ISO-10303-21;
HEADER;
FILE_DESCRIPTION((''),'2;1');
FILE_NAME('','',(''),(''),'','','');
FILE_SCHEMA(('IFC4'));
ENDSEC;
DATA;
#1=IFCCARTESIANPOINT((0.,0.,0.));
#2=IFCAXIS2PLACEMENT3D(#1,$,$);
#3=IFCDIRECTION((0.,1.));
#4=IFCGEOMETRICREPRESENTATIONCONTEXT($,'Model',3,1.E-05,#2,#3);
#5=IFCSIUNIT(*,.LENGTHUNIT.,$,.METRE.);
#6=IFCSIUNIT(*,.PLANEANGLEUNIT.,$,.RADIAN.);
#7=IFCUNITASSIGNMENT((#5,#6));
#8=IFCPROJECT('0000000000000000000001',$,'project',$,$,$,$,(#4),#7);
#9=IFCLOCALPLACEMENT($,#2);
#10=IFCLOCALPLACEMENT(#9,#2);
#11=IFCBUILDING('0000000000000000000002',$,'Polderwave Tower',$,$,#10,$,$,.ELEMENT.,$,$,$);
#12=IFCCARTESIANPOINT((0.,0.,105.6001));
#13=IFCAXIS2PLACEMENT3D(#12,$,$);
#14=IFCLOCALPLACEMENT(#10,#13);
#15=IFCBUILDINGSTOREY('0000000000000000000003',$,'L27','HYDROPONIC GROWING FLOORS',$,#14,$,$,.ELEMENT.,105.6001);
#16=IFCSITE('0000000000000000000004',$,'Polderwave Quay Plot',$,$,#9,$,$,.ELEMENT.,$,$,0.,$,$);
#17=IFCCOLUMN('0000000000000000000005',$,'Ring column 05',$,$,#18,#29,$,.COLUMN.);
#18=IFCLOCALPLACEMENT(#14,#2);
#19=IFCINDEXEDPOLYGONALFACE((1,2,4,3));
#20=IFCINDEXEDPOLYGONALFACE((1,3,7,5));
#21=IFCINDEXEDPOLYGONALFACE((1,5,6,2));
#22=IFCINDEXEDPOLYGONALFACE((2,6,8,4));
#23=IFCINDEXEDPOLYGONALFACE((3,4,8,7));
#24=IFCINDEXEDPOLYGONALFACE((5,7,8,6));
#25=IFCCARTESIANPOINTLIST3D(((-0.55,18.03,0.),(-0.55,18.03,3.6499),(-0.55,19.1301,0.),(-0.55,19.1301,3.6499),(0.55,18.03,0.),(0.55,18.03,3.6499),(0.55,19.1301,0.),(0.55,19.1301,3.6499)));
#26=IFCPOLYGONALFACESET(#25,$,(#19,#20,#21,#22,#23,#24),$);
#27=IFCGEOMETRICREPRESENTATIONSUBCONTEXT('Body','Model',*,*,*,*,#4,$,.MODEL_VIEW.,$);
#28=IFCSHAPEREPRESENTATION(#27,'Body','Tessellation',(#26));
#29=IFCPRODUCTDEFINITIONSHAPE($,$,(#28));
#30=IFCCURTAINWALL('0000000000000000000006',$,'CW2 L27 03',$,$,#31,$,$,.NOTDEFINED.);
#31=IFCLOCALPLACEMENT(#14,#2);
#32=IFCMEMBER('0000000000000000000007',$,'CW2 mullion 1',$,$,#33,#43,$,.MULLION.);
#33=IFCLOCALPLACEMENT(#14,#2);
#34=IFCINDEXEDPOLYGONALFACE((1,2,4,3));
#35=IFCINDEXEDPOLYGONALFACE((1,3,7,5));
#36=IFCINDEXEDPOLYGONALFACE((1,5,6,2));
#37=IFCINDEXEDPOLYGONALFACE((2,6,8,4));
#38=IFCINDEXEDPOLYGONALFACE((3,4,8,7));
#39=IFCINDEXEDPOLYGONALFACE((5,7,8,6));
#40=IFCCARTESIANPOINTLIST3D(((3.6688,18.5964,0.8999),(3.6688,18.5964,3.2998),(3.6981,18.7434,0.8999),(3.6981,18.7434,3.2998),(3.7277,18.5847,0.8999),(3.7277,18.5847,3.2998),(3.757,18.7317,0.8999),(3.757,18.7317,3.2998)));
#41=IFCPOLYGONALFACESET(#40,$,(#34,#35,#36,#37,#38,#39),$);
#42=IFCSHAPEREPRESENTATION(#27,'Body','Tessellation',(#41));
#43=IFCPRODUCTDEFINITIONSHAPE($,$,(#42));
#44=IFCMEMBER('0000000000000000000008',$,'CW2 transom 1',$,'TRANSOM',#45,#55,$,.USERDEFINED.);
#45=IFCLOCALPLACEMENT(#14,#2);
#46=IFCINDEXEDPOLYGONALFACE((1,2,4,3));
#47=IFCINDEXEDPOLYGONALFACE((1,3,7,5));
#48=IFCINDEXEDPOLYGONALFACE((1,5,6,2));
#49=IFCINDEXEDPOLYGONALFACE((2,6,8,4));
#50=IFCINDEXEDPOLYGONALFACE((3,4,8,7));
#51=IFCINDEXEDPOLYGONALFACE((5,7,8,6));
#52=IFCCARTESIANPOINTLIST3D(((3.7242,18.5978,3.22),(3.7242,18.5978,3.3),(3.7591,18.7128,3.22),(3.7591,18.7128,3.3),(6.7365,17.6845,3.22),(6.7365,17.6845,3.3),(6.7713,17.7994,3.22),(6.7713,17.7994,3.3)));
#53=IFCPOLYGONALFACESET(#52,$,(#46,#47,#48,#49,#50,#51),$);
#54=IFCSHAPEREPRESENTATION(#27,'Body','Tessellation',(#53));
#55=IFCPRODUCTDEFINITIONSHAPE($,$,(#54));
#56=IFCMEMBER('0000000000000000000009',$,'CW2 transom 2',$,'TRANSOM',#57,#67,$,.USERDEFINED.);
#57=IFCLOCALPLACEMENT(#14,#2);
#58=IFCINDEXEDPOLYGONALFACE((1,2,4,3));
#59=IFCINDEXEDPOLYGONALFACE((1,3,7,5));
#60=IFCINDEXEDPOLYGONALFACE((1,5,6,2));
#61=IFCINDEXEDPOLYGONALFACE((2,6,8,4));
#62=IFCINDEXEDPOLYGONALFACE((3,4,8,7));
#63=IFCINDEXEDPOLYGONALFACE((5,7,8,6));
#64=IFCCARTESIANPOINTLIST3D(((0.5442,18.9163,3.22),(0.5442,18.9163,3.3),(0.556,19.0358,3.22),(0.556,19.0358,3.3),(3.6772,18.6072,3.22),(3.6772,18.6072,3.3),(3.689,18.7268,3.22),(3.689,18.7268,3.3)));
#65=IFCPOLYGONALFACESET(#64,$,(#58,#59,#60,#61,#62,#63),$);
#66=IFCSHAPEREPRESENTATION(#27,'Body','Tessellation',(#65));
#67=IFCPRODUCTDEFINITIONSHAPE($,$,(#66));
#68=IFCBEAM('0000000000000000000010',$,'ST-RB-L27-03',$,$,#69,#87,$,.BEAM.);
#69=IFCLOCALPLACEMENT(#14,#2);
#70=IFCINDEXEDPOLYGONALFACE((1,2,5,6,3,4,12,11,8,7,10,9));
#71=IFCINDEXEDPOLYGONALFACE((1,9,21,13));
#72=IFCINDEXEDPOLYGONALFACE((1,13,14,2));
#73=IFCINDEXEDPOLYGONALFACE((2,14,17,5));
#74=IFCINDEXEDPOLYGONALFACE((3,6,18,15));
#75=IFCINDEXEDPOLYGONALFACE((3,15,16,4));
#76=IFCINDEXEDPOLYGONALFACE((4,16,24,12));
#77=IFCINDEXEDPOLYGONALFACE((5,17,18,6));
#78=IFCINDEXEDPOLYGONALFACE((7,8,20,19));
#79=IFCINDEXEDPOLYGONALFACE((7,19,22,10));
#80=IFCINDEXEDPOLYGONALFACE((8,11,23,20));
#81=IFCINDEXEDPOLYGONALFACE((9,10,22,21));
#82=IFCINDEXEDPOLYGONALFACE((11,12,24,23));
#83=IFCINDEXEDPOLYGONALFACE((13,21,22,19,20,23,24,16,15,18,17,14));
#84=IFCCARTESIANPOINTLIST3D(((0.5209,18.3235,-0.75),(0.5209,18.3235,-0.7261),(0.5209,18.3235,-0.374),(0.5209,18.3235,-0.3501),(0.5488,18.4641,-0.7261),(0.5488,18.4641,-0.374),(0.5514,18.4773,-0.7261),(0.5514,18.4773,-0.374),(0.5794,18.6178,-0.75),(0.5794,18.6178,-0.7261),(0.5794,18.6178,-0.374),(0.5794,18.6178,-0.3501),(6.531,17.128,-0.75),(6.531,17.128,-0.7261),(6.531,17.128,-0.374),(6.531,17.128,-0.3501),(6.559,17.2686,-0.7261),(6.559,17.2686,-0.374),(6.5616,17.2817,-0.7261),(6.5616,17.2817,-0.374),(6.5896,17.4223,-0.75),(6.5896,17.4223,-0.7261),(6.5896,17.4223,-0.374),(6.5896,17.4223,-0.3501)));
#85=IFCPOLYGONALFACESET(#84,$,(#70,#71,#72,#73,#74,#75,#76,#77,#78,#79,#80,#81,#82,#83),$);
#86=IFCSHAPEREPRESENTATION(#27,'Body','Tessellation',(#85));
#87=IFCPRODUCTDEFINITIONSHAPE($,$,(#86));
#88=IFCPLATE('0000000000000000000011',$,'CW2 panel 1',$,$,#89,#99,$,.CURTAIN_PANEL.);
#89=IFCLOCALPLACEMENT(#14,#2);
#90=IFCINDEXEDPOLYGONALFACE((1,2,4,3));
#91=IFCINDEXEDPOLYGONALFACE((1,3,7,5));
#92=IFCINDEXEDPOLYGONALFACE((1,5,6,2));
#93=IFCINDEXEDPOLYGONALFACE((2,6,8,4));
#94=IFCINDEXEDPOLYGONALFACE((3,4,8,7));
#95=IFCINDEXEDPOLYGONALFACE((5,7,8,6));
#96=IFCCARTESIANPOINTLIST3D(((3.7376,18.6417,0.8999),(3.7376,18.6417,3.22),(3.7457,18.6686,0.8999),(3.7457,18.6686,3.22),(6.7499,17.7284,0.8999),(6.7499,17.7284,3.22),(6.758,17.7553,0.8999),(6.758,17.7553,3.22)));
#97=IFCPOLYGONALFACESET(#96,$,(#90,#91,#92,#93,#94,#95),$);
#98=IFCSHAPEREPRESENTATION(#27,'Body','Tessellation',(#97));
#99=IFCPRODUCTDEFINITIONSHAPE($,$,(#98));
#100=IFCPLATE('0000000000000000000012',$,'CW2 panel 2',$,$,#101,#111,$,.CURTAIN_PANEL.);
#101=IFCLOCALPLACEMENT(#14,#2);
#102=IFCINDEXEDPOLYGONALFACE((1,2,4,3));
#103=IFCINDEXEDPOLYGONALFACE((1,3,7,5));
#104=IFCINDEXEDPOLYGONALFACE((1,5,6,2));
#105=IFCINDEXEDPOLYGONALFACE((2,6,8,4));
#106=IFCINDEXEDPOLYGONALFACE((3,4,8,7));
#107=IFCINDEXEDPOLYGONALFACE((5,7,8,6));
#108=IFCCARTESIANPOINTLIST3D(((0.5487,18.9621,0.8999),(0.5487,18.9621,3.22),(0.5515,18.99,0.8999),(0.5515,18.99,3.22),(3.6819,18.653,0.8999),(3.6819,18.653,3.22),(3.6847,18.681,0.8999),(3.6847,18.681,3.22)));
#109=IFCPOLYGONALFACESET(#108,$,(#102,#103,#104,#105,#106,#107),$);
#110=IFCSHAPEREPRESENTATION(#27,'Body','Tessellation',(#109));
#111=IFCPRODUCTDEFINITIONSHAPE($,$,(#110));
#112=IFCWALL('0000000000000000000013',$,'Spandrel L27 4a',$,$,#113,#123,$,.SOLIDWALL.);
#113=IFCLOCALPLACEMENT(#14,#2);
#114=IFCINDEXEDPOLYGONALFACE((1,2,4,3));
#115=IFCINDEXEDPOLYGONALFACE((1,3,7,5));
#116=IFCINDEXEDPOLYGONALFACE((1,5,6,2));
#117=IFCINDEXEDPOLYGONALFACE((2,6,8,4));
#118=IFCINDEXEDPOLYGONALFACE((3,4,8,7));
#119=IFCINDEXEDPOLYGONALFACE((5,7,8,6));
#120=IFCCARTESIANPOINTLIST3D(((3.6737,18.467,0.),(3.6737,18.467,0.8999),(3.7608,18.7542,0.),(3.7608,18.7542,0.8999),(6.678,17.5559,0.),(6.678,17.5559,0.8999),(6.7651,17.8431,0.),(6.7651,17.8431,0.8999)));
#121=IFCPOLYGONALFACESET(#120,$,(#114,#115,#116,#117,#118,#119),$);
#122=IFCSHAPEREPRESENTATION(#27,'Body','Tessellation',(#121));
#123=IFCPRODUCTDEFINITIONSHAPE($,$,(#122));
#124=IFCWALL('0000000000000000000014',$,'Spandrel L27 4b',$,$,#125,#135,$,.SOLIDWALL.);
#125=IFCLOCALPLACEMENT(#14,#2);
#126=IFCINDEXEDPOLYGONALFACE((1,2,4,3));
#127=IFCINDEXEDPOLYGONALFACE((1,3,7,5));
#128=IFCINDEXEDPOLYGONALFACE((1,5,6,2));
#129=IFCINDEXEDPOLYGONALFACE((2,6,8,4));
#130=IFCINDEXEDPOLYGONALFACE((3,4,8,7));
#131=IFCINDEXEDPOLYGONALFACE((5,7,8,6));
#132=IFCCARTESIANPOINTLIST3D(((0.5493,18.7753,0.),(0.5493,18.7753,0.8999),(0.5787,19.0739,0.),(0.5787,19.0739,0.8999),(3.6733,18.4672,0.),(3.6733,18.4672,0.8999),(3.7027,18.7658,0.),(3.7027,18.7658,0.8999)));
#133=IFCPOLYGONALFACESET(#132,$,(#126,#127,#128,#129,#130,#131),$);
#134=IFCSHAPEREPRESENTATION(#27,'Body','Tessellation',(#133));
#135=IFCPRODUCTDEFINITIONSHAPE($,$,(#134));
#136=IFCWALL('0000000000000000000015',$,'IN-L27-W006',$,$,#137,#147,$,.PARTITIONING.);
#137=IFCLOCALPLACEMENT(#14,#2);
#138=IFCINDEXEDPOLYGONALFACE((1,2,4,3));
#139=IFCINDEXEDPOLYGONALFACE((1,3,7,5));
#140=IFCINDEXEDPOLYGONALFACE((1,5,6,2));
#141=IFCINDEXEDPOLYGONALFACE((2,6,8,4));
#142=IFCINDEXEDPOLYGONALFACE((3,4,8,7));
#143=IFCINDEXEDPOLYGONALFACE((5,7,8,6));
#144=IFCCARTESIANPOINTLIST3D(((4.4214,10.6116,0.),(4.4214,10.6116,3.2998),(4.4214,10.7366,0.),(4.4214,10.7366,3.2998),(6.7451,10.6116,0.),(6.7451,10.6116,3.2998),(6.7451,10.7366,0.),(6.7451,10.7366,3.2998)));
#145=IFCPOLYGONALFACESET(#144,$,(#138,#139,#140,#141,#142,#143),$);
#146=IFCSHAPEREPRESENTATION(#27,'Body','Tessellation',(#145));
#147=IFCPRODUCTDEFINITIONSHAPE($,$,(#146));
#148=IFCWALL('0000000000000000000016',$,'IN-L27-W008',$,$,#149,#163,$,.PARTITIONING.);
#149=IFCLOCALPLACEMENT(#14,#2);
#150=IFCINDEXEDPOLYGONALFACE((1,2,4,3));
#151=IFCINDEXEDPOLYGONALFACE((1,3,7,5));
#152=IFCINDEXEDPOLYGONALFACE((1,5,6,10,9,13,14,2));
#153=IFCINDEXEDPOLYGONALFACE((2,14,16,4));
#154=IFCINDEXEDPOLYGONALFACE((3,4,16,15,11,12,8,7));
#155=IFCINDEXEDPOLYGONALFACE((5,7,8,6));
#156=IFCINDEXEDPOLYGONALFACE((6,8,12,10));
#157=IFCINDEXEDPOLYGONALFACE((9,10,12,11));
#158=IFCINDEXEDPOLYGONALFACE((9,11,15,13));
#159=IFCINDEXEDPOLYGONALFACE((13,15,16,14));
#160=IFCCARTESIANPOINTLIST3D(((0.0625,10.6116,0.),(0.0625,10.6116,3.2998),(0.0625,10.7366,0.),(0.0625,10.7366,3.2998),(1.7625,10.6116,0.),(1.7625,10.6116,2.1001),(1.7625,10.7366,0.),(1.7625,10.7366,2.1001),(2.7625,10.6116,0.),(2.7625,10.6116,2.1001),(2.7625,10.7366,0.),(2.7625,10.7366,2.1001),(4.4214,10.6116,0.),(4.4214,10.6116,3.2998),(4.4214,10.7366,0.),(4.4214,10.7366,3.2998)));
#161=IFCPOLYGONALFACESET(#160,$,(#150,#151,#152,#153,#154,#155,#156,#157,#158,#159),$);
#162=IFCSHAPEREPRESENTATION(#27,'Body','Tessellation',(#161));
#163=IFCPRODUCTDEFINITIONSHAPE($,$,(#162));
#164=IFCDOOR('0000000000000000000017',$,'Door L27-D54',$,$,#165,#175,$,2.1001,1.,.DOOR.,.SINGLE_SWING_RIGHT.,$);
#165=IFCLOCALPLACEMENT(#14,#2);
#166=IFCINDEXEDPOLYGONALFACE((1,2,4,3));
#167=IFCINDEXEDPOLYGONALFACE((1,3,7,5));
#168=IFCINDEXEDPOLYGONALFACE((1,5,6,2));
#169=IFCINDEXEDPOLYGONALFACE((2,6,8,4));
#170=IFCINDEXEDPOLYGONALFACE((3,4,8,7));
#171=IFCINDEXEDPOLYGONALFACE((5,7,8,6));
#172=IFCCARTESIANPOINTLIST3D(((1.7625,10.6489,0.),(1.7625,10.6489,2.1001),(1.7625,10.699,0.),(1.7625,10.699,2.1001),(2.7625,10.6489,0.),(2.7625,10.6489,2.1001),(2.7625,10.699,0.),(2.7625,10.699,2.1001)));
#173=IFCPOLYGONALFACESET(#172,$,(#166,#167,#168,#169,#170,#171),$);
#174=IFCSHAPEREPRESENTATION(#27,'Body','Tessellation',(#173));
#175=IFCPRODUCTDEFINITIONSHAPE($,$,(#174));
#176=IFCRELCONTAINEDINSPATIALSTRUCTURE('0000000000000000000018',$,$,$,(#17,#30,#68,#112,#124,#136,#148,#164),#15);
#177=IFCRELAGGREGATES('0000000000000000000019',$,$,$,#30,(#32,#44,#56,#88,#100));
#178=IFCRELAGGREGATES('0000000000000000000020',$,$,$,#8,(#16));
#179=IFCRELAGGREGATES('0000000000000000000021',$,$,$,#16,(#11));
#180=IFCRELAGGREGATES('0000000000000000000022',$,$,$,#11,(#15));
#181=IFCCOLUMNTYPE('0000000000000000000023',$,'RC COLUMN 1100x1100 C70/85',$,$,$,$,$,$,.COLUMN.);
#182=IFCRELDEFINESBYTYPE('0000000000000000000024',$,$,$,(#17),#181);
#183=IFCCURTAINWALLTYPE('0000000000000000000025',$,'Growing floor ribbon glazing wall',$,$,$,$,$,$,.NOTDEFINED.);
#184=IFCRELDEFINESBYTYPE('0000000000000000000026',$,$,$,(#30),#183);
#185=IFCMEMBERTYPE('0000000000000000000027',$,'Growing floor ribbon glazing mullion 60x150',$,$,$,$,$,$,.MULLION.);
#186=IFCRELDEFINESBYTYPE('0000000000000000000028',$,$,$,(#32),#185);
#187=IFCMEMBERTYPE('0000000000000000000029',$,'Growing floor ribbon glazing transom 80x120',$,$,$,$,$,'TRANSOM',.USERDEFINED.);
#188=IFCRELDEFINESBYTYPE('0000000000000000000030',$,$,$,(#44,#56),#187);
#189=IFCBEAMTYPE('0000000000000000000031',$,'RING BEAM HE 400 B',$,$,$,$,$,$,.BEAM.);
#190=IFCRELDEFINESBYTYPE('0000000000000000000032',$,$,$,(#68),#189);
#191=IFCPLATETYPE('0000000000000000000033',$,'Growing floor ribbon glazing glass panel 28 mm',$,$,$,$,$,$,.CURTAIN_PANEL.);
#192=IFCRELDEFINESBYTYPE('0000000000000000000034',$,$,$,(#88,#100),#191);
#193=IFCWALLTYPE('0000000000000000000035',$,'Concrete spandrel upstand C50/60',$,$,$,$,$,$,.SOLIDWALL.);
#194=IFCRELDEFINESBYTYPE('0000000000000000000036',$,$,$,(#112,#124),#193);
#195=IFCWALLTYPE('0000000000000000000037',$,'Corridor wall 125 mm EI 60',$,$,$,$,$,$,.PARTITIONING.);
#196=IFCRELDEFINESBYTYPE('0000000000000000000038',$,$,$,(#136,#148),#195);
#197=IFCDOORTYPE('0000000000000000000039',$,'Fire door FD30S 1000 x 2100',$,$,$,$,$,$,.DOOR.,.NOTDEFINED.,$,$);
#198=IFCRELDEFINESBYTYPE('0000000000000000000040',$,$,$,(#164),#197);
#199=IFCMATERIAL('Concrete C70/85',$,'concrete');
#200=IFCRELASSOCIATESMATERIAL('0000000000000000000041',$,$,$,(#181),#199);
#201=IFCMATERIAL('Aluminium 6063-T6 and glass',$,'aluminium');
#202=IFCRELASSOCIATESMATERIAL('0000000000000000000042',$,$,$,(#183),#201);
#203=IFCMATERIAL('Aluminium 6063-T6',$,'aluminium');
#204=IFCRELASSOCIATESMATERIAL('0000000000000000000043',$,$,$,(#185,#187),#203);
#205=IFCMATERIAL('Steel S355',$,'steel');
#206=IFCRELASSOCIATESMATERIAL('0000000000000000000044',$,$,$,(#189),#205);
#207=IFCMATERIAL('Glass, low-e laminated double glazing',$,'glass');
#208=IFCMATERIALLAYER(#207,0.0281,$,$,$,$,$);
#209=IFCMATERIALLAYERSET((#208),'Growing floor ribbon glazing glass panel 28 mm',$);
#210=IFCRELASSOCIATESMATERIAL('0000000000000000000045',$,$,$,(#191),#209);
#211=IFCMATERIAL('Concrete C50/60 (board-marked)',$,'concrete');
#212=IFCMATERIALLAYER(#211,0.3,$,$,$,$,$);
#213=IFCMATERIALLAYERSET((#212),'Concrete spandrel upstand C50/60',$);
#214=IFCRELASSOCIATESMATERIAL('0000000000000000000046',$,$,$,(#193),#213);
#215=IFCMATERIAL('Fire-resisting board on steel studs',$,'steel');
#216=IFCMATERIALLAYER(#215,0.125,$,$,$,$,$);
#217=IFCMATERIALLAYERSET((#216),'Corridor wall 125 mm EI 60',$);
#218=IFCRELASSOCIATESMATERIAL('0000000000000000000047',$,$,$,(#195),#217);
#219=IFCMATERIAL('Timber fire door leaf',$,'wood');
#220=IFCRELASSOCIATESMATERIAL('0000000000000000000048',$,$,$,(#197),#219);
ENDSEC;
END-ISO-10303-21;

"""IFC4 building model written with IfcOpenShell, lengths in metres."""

from ifc_helpers import new_model, si_unit, direction, frame, frame_2d, origin, origin_2d, place, context, subcontext, project, spatial, rectangle, i_section, extrude, material, layer, layer_set, material_profile, profile_set, type_object, element, fill, aggregate, save


model = new_model("IFC4")

# Units and contexts
model_context = context("Model", 3, precision=1e-05, world=origin(), true_north=direction((0.0, 1.0)))
body_context = subcontext(model_context, "Body", "Model", "MODEL_VIEW")
ifc_project = project(units=[si_unit("LENGTHUNIT", "METRE"), si_unit("PLANEANGLEUNIT", "RADIAN")], contexts=[model_context])

# Site, building, storey
site_placement = place(None, origin())
site = spatial("IfcSite", under=ifc_project, at=site_placement, Name="Polderwave Quay Plot", CompositionType="ELEMENT", RefElevation=0.0)
building_placement = place(site_placement, origin())
building = spatial("IfcBuilding", under=site, at=building_placement, Name="Polderwave Tower", CompositionType="ELEMENT")
storey_placement = place(building_placement, frame((0.0, 0.0, 105.6001)))
storey = spatial("IfcBuildingStorey", under=building, at=storey_placement, Name="L27", Description="HYDROPONIC GROWING FLOORS", CompositionType="ELEMENT", Elevation=105.6001)

# Column
ifc_material_1 = material(Name="Concrete C70/85", Category="concrete")
ifc_material_profile_1 = material_profile(ifc_material_1, rectangle(XDim=1.1001, YDim=1.1001, at=origin_2d()), Name="RC 1100x1100")
ifc_profile_set_1 = profile_set([ifc_material_profile_1], Name="Concrete C70/85")
column_type = type_object("IfcColumnType", Name="RC COLUMN 1100x1100 C70/85", PredefinedType="COLUMN", material=ifc_profile_set_1)
column_placement = place(storey_placement, frame((0.0, 18.5801, 0.0), z_axis=(0.0, 0.0, 1.0), x_axis=(0.0, 1.0, 0.0)))
element("IfcColumn", 1, at=column_placement, inside=storey, type_object=column_type, Name="Ring column 05", PredefinedType="COLUMN", context=body_context, shape_type="SweptSolid", body=[
    extrude(rectangle(XDim=1.1001, YDim=1.1001, at=origin_2d()), origin(), (0.0, 0.0, 1.0), 3.6499),
])

# Curtain wall, members
ifc_material_2 = material(Name="Aluminium 6063-T6 and glass", Category="aluminium")
curtain_wall_type = type_object("IfcCurtainWallType", Name="Growing floor ribbon glazing wall", PredefinedType="NOTDEFINED", material=ifc_material_2)
curtain_wall_placement = place(storey_placement, origin())
curtain_wall = element("IfcCurtainWall", 2, at=curtain_wall_placement, inside=storey, type_object=curtain_wall_type, Name="CW2 L27 03", PredefinedType="NOTDEFINED")
ifc_material_3 = material(Name="Aluminium 6063-T6", Category="aluminium")
ifc_material_profile_2 = material_profile(ifc_material_3, rectangle(XDim=0.1499, YDim=0.0601, at=origin_2d()), Name="AL 60x150")
ifc_profile_set_2 = profile_set([ifc_material_profile_2], Name="Aluminium 6063-T6")
member_type_1 = type_object("IfcMemberType", Name="Growing floor ribbon glazing mullion 60x150", PredefinedType="MULLION", material=ifc_profile_set_2)
member_1_placement = place(storey_placement, frame((3.7129, 18.6641, 0.8999), z_axis=(0.0, 0.0, 1.0), x_axis=(-0.195092, -0.980785, 0.0)))
member_1 = element("IfcMember", 3, at=member_1_placement, type_object=member_type_1, Name="CW2 mullion 1", PredefinedType="MULLION", context=body_context, shape_type="SweptSolid", body=[
    extrude(rectangle(XDim=0.1499, YDim=0.0601, at=origin_2d()), origin(), (0.0, 0.0, 1.0), 2.3999),
])
ifc_material_profile_3 = material_profile(ifc_material_3, rectangle(XDim=0.1201, YDim=0.0801, at=origin_2d()), Name="AL 80x120")
ifc_profile_set_3 = profile_set([ifc_material_profile_3], Name="Aluminium 6063-T6")
member_type_2 = type_object("IfcMemberType", Name="Growing floor ribbon glazing transom 80x120", ElementType="TRANSOM", PredefinedType="USERDEFINED", material=ifc_profile_set_3)
member_2_placement = place(storey_placement, frame((6.7539, 17.7419, 3.26), z_axis=(-0.956977, 0.290165, 0.0), x_axis=(-0.290165, -0.956977, 0.0)))
member_2 = element("IfcMember", 4, at=member_2_placement, type_object=member_type_2, Name="CW2 transom 1", ObjectType="TRANSOM", PredefinedType="USERDEFINED", context=body_context, shape_type="SweptSolid", body=[
    extrude(rectangle(XDim=0.1201, YDim=0.0801, at=origin_2d()), origin(), (0.0, 0.0, 1.0), 3.1477),
])
member_3_placement = place(storey_placement, frame((3.6831, 18.667, 3.26), z_axis=(-0.995169, 0.098175, 0.0), x_axis=(-0.098175, -0.995169, 0.0)))
member_3 = element("IfcMember", 5, at=member_3_placement, type_object=member_type_2, Name="CW2 transom 2", ObjectType="TRANSOM", PredefinedType="USERDEFINED", context=body_context, shape_type="SweptSolid", body=[
    extrude(rectangle(XDim=0.1201, YDim=0.0801, at=origin_2d()), origin(), (0.0, 0.0, 1.0), 3.1482),
])

# Beam
ifc_material_4 = material(Name="Steel S355", Category="steel")
ifc_material_profile_4 = material_profile(ifc_material_4, i_section(OverallWidth=0.3, OverallDepth=0.3999, WebThickness=0.0134, FlangeThickness=0.0239, at=origin_2d()), Name="HE 400 B")
ifc_profile_set_4 = profile_set([ifc_material_profile_4], Name="Steel S355")
beam_type = type_object("IfcBeamType", Name="RING BEAM HE 400 B", PredefinedType="BEAM", material=ifc_profile_set_4)
beam_placement = place(storey_placement, frame((6.5603, 17.2751, -0.55), z_axis=(-0.980784, 0.195097, 0.0), x_axis=(-0.195097, -0.980784, 0.0)))
element("IfcBeam", 6, at=beam_placement, inside=storey, type_object=beam_type, Name="ST-RB-L27-03", PredefinedType="BEAM", context=body_context, shape_type="SweptSolid", body=[
    extrude(i_section(OverallWidth=0.3, OverallDepth=0.3999, WebThickness=0.0134, FlangeThickness=0.0239, at=origin_2d()), origin(), (0.0, 0.0, 1.0), 6.1279),
])

# Plates
ifc_material_5 = material(Name="Glass, low-e laminated double glazing", Category="glass")
ifc_layer_1 = layer(ifc_material_5, 0.0281)
ifc_layer_set_1 = layer_set([ifc_layer_1], Name="Growing floor ribbon glazing glass panel 28 mm")
plate_type = type_object("IfcPlateType", Name="Growing floor ribbon glazing glass panel 28 mm", PredefinedType="CURTAIN_PANEL", material=ifc_layer_set_1)
plate_1_placement = place(storey_placement, frame((5.2478, 18.1985, 0.8999), z_axis=(0.0, 0.0, 1.0), x_axis=(-0.956982, 0.290148, 0.0)))
plate_1 = element("IfcPlate", 7, at=plate_1_placement, type_object=plate_type, Name="CW2 panel 1", PredefinedType="CURTAIN_PANEL", context=body_context, shape_type="SweptSolid", body=[
    extrude(rectangle(XDim=3.1477, YDim=0.0281, at=origin_2d()), origin(), (0.0, 0.0, 1.0), 2.3201),
])
plate_2_placement = place(storey_placement, frame((2.1167, 18.8215, 0.8999), z_axis=(0.0, 0.0, 1.0), x_axis=(-0.99517, 0.098165, 0.0)))
plate_2 = element("IfcPlate", 8, at=plate_2_placement, type_object=plate_type, Name="CW2 panel 2", PredefinedType="CURTAIN_PANEL", context=body_context, shape_type="SweptSolid", body=[
    extrude(rectangle(XDim=3.1484, YDim=0.0281, at=origin_2d()), origin(), (0.0, 0.0, 1.0), 2.3201),
])
aggregate(curtain_wall, [member_1, member_2, member_3, plate_1, plate_2])

# Walls
ifc_material_6 = material(Name="Concrete C50/60 (board-marked)", Category="concrete")
ifc_layer_2 = layer(ifc_material_6, 0.3)
ifc_layer_set_2 = layer_set([ifc_layer_2], Name="Concrete spandrel upstand C50/60")
wall_type_1 = type_object("IfcWallType", Name="Concrete spandrel upstand C50/60", PredefinedType="SOLIDWALL", material=ifc_layer_set_2)
wall_1_placement = place(storey_placement, frame((6.7217, 17.6995, 0.0), z_axis=(0.0, 0.0, 1.0), x_axis=(-0.956962, 0.290215, 0.0)))
element("IfcWall", 9, at=wall_1_placement, inside=storey, type_object=wall_type_1, Name="Spandrel L27 4a", PredefinedType="SOLIDWALL", context=body_context, shape_type="SweptSolid", body=[
    extrude(rectangle(XDim=3.1394, YDim=0.3, at=frame_2d((1.5698, 0.0))), origin(), (0.0, 0.0, 1.0), 0.8999),
])
wall_2_placement = place(storey_placement, frame((3.688, 18.6165, 0.0), z_axis=(0.0, 0.0, 1.0), x_axis=(-0.995172, 0.098148, 0.0)))
element("IfcWall", 10, at=wall_2_placement, inside=storey, type_object=wall_type_1, Name="Spandrel L27 4b", PredefinedType="SOLIDWALL", context=body_context, shape_type="SweptSolid", body=[
    extrude(rectangle(XDim=3.1392, YDim=0.3, at=frame_2d((1.5696, 0.0))), origin(), (0.0, 0.0, 1.0), 0.8999),
])
ifc_material_7 = material(Name="Fire-resisting board on steel studs", Category="steel")
ifc_layer_3 = layer(ifc_material_7, 0.125)
ifc_layer_set_3 = layer_set([ifc_layer_3], Name="Corridor wall 125 mm EI 60")
wall_type_2 = type_object("IfcWallType", Name="Corridor wall 125 mm EI 60", PredefinedType="PARTITIONING", material=ifc_layer_set_3)
wall_3_placement = place(storey_placement, frame((4.4214, 10.6741, 0.0), z_axis=(0.0, 0.0, 1.0), x_axis=(1.0, 0.0, 0.0)))
element("IfcWall", 11, at=wall_3_placement, inside=storey, type_object=wall_type_2, Name="IN-L27-W006", PredefinedType="PARTITIONING", context=body_context, shape_type="SweptSolid", body=[
    extrude(rectangle(XDim=2.3237, YDim=0.125, at=frame_2d((1.1619, 0.0))), origin(), (0.0, 0.0, 1.0), 3.2998),
])

# Wall, opening, door
wall_4_placement = place(storey_placement, frame((0.0625, 10.6741, 0.0), z_axis=(0.0, 0.0, 1.0), x_axis=(1.0, 0.0, 0.0)))
wall_4 = element("IfcWall", 12, at=wall_4_placement, inside=storey, type_object=wall_type_2, Name="IN-L27-W008", PredefinedType="PARTITIONING", context=body_context, shape_type="SweptSolid", body=[
    extrude(rectangle(XDim=4.3589, YDim=0.125, at=frame_2d((2.1794, 0.0))), origin(), (0.0, 0.0, 1.0), 3.2998),
])
opening_placement = place(wall_4_placement, frame((1.7, 0.0, 0.0)))
opening = element("IfcOpeningElement", 13, at=opening_placement, cuts=wall_4, PredefinedType="OPENING", context=body_context, shape_type="SweptSolid", body=[
    extrude(rectangle(XDim=1.0, YDim=2.1001, at=frame_2d((0.5, 1.05))), frame((0.0, 0.0725, 0.0), z_axis=(0.0, -1.0, 0.0), x_axis=(1.0, 0.0, 0.0)), (0.0, 0.0, 1.0), 0.145),
])
ifc_material_8 = material(Name="Timber fire door leaf", Category="wood")
door_type = type_object("IfcDoorType", Name="Fire door FD30S 1000 x 2100", OperationType="NOTDEFINED", PredefinedType="DOOR", material=ifc_material_8)
door_placement = place(opening_placement, origin())
door = element("IfcDoor", 14, at=door_placement, inside=storey, type_object=door_type, Name="Door L27-D54", OperationType="SINGLE_SWING_RIGHT", OverallHeight=2.1001, OverallWidth=1.0, PredefinedType="DOOR", context=body_context, shape_type="SweptSolid", body=[
    extrude(rectangle(XDim=1.0, YDim=2.1001, at=frame_2d((0.5, 1.05))), frame((0.0, 0.0249, 0.0), z_axis=(0.0, -1.0, 0.0), x_axis=(1.0, 0.0, 0.0)), (0.0, 0.0, 1.0), 0.05),
])
fill(opening, door)

save(model, "model.ifc")
